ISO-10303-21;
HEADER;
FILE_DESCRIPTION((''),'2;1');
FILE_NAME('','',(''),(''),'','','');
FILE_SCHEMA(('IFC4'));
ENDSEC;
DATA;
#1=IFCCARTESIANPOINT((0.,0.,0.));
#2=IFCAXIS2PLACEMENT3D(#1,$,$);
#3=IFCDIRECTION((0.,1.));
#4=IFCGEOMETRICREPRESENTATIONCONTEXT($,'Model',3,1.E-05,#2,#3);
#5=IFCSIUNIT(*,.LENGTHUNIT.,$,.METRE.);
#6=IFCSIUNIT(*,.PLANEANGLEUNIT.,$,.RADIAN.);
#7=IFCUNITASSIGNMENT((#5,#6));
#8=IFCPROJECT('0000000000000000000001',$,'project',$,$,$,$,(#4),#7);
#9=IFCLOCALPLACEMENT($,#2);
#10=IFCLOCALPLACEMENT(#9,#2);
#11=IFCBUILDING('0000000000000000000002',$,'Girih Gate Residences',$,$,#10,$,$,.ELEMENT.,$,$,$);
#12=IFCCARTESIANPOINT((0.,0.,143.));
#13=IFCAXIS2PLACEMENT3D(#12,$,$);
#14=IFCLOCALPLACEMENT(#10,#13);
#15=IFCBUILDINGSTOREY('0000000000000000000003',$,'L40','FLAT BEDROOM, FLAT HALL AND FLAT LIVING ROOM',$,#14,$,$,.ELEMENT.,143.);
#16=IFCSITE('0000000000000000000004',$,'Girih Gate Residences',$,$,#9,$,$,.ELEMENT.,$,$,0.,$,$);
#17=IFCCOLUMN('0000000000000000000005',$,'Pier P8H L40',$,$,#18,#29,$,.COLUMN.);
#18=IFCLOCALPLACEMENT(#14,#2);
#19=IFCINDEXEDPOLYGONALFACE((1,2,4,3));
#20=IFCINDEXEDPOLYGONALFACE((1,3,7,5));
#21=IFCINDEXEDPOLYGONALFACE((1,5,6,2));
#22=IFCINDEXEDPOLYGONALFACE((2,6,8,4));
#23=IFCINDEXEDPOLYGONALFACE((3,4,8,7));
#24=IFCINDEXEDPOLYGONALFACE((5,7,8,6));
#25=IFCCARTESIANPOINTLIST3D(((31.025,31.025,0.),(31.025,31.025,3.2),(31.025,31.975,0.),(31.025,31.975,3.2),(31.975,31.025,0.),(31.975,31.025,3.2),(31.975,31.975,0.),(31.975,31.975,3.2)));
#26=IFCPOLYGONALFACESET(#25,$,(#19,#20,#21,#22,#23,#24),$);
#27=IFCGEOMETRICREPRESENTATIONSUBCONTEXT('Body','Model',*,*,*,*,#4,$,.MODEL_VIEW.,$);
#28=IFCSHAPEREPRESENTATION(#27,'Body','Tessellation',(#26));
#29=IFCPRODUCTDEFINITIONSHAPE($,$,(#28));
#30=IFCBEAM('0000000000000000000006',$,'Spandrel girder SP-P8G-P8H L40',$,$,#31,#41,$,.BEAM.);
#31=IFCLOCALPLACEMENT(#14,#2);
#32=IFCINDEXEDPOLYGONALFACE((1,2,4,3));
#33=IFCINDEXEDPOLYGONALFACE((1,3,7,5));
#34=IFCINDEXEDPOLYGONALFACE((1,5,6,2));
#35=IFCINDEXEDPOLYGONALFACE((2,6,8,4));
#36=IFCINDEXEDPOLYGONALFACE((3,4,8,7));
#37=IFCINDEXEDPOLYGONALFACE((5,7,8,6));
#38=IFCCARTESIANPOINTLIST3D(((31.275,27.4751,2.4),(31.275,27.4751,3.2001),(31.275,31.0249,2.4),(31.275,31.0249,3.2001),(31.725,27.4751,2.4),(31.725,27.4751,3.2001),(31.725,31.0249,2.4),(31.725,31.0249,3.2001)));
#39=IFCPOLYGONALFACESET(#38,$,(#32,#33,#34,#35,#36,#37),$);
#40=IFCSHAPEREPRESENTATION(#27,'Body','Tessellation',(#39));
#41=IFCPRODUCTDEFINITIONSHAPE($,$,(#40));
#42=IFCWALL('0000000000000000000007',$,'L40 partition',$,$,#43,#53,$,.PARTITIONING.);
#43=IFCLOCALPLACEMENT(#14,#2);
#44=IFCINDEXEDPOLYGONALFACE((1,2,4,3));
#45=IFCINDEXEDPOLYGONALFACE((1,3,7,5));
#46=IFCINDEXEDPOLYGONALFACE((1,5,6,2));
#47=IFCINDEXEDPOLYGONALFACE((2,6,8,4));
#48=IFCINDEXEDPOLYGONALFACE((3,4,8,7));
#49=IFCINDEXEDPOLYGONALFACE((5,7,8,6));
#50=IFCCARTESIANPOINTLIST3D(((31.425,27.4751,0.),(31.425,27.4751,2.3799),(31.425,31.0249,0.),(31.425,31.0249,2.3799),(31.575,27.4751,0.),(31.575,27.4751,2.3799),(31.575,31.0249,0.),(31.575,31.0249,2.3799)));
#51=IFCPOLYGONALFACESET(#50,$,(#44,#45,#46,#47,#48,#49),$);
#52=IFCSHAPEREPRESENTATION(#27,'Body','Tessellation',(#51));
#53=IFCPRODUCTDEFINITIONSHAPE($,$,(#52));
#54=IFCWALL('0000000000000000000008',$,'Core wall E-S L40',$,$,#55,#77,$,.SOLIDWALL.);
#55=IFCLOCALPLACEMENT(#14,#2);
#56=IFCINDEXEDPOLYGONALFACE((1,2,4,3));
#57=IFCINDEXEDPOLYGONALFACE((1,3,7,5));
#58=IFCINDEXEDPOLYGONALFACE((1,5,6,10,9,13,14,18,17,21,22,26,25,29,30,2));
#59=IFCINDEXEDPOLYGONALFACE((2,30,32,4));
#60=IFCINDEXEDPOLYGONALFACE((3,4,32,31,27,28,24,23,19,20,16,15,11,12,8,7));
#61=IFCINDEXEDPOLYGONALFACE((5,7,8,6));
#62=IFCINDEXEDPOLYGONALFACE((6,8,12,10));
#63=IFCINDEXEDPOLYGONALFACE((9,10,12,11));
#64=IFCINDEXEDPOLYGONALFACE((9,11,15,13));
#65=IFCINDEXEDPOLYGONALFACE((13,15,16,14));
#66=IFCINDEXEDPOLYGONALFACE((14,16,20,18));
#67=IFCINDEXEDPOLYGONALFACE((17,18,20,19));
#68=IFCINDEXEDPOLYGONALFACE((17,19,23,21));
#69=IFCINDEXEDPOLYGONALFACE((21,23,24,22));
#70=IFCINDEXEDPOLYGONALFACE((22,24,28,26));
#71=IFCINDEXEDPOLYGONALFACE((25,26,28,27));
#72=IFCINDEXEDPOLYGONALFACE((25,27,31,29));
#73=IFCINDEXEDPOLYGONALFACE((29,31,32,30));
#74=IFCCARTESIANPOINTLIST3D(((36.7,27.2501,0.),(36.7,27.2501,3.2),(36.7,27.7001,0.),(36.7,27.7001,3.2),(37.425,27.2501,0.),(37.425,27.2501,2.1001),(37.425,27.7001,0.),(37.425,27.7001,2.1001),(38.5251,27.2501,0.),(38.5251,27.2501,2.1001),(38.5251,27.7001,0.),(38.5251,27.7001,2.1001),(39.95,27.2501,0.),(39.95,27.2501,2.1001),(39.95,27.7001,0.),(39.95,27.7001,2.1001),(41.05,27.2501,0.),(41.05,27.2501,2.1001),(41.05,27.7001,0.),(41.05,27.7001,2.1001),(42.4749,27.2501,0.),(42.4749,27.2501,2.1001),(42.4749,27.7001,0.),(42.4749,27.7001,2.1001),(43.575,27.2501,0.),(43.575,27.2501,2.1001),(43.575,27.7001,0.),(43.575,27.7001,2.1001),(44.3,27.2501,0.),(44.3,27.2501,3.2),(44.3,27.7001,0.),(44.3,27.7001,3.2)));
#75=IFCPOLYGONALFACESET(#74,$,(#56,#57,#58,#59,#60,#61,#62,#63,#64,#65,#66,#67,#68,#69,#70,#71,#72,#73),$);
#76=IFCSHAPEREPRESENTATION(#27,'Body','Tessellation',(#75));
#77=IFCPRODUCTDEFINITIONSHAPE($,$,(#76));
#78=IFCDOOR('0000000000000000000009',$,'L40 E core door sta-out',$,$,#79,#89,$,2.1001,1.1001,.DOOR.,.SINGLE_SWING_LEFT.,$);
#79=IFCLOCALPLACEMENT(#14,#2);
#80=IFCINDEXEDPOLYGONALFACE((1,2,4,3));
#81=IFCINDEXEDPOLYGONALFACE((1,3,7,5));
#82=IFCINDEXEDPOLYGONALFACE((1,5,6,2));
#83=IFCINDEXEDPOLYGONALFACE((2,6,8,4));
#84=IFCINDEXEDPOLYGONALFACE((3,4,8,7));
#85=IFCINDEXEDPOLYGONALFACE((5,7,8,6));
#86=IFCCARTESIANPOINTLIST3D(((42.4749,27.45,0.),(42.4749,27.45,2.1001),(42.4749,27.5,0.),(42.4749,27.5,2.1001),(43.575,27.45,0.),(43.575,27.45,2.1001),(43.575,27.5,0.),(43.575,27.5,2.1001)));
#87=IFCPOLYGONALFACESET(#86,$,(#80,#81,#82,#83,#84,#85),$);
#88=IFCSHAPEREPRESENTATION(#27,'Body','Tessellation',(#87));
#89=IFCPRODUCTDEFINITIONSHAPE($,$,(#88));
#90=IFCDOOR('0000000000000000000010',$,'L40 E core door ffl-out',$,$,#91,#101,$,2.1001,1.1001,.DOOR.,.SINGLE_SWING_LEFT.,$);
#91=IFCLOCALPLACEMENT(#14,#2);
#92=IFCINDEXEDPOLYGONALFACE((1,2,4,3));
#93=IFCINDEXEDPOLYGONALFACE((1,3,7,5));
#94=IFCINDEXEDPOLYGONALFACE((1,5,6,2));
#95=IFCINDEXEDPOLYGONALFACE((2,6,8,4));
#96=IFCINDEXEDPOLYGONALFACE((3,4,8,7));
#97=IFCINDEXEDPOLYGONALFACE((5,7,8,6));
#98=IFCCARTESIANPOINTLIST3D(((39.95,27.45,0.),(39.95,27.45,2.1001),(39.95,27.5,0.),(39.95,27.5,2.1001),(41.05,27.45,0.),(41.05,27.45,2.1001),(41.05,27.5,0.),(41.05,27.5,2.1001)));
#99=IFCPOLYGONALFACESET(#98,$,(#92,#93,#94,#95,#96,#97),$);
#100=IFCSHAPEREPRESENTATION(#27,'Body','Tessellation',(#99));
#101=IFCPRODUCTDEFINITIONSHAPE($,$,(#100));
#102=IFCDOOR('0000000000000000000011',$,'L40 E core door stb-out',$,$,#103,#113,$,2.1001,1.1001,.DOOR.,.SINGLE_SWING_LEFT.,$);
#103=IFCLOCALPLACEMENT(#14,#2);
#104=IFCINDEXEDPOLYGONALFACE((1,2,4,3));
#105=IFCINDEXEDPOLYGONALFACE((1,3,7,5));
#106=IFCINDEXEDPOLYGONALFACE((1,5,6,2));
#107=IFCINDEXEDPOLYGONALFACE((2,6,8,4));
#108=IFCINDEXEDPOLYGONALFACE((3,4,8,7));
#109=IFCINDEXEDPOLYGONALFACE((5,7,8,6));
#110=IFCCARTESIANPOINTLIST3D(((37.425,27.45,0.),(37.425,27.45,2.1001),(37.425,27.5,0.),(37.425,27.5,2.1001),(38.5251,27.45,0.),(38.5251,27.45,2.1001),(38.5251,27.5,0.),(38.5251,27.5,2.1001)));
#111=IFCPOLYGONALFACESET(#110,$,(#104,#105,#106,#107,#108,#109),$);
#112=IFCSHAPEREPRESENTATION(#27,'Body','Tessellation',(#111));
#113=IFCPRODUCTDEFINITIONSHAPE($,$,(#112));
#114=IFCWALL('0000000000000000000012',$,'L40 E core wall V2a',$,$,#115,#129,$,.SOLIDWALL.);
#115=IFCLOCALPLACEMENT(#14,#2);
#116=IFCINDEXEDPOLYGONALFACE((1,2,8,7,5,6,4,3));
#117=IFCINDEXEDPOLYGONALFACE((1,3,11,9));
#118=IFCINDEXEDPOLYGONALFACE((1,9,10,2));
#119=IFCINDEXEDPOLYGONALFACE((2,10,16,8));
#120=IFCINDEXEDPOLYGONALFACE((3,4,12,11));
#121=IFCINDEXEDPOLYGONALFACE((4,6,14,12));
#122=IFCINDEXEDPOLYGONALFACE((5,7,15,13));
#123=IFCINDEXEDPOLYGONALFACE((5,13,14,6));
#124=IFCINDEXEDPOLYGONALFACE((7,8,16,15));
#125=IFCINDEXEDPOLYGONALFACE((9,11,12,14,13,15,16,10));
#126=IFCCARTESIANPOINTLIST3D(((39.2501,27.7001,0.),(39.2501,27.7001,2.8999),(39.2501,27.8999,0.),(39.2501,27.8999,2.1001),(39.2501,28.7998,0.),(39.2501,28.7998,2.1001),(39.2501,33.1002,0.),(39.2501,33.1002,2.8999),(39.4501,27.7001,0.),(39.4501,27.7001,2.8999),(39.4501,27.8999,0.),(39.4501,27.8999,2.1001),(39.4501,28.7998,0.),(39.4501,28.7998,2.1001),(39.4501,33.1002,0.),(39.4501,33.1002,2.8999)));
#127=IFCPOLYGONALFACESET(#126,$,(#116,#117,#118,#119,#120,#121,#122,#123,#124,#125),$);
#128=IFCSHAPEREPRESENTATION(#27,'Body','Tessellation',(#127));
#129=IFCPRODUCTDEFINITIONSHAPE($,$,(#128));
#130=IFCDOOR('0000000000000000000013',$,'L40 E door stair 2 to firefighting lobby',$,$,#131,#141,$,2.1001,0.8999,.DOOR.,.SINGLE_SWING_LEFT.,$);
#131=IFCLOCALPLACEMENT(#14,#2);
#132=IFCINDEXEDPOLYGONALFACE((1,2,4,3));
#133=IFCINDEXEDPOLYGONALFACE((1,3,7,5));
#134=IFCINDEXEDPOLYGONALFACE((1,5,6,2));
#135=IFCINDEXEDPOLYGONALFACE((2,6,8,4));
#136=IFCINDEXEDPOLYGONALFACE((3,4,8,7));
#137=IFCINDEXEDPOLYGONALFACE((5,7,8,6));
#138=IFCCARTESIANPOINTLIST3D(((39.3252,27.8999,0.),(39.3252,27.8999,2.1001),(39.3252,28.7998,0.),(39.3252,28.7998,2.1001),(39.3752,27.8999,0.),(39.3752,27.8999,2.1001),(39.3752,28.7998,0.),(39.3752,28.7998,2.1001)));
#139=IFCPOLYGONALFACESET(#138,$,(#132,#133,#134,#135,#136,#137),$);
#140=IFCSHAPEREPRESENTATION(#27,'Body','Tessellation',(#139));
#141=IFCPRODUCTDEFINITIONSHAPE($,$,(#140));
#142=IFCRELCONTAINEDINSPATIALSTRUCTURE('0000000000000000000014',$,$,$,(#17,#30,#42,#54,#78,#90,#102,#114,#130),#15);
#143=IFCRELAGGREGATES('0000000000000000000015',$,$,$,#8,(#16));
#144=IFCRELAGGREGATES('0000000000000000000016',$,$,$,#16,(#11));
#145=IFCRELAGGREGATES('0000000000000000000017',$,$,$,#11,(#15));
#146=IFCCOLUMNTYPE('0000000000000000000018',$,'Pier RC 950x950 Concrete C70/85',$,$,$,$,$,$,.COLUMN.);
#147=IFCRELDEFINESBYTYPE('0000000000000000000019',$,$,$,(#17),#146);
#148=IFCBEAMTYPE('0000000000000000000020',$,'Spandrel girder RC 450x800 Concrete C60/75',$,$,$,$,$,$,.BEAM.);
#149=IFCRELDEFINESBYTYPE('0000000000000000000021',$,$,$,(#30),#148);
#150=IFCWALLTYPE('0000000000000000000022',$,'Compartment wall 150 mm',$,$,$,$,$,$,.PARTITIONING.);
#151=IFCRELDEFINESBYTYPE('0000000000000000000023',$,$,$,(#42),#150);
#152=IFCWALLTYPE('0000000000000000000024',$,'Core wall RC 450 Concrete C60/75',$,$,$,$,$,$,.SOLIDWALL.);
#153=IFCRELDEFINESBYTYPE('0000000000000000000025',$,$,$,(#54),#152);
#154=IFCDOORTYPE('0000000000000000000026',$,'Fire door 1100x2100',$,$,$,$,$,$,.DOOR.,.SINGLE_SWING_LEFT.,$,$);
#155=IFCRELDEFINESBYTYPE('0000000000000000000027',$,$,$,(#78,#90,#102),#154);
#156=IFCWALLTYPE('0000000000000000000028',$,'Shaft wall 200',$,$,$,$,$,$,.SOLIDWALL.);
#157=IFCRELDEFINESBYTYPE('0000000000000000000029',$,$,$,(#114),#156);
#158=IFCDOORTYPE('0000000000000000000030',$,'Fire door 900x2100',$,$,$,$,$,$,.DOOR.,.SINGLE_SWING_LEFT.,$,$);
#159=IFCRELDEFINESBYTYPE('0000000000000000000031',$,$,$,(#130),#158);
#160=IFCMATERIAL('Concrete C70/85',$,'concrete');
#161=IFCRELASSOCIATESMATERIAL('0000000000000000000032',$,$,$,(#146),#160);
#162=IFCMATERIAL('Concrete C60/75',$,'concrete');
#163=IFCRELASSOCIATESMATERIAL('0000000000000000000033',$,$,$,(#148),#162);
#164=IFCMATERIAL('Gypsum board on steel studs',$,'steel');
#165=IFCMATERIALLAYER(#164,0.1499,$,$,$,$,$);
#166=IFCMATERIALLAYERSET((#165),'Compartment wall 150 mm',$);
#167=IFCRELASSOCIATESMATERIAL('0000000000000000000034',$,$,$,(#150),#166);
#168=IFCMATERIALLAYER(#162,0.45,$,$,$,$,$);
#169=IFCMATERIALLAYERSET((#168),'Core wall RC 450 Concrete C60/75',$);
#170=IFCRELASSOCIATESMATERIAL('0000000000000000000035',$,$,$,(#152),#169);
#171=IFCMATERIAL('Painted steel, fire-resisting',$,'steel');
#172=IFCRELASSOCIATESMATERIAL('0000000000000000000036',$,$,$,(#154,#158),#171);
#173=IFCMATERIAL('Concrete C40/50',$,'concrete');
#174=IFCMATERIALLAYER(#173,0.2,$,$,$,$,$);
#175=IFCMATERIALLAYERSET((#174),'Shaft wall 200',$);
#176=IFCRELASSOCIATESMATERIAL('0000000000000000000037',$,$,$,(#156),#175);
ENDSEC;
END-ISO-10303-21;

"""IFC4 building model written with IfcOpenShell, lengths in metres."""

from ifc_helpers import new_model, si_unit, direction, frame, frame_2d, origin, origin_2d, place, context, subcontext, project, spatial, rectangle, extrude, material, layer, layer_set, material_profile, profile_set, type_object, element, fill, save


model = new_model("IFC4")

# Units and contexts
model_context = context("Model", 3, precision=1e-05, world=origin(), true_north=direction((0.0, 1.0)))
body_context = subcontext(model_context, "Body", "Model", "MODEL_VIEW")
ifc_project = project(units=[si_unit("LENGTHUNIT", "METRE"), si_unit("PLANEANGLEUNIT", "RADIAN")], contexts=[model_context])

# Site, building, storey
site_placement = place(None, origin())
site = spatial("IfcSite", under=ifc_project, at=site_placement, Name="Girih Gate Residences", CompositionType="ELEMENT", RefElevation=0.0)
building_placement = place(site_placement, origin())
building = spatial("IfcBuilding", under=site, at=building_placement, Name="Girih Gate Residences", CompositionType="ELEMENT")
storey_placement = place(building_placement, frame((0.0, 0.0, 143.0)))
storey = spatial("IfcBuildingStorey", under=building, at=storey_placement, Name="L40", Description="FLAT BEDROOM, FLAT HALL AND FLAT LIVING ROOM", CompositionType="ELEMENT", Elevation=143.0)

# Column
ifc_material_1 = material(Name="Concrete C70/85", Category="concrete")
ifc_material_profile_1 = material_profile(ifc_material_1, rectangle(XDim=0.95, YDim=0.95, at=origin_2d()))
ifc_profile_set_1 = profile_set([ifc_material_profile_1], Name="Concrete C70/85")
column_type = type_object("IfcColumnType", Name="Pier RC 950x950 Concrete C70/85", PredefinedType="COLUMN", material=ifc_profile_set_1)
column_placement = place(storey_placement, frame((31.5, 31.5, 0.0), z_axis=(0.0, 0.0, 1.0), x_axis=(1.0, 0.0, 0.0)))
element("IfcColumn", 1, at=column_placement, inside=storey, type_object=column_type, Name="Pier P8H L40", PredefinedType="COLUMN", context=body_context, shape_type="SweptSolid", body=[
    extrude(rectangle(XDim=0.95, YDim=0.95, at=origin_2d()), origin(), (0.0, 0.0, 1.0), 3.2),
])

# Beam
ifc_material_2 = material(Name="Concrete C60/75", Category="concrete")
ifc_material_profile_2 = material_profile(ifc_material_2, rectangle(XDim=0.45, YDim=0.8, at=origin_2d()))
ifc_profile_set_2 = profile_set([ifc_material_profile_2], Name="Concrete C60/75")
beam_type = type_object("IfcBeamType", Name="Spandrel girder RC 450x800 Concrete C60/75", PredefinedType="BEAM", material=ifc_profile_set_2)
beam_placement = place(storey_placement, frame((31.5, 27.4751, 2.8), z_axis=(0.0, 1.0, 0.0), x_axis=(-1.0, 0.0, 0.0)))
element("IfcBeam", 2, at=beam_placement, inside=storey, type_object=beam_type, Name="Spandrel girder SP-P8G-P8H L40", PredefinedType="BEAM", context=body_context, shape_type="SweptSolid", body=[
    extrude(rectangle(XDim=0.45, YDim=0.8, at=origin_2d()), origin(), (0.0, 0.0, 1.0), 3.5498),
])

# Wall
ifc_material_3 = material(Name="Gypsum board on steel studs", Category="steel")
ifc_layer_1 = layer(ifc_material_3, 0.1499)
ifc_layer_set_1 = layer_set([ifc_layer_1], Name="Compartment wall 150 mm")
wall_type_1 = type_object("IfcWallType", Name="Compartment wall 150 mm", PredefinedType="PARTITIONING", material=ifc_layer_set_1)
wall_1_placement = place(storey_placement, frame((31.5, 27.4751, 0.0), z_axis=(0.0, 0.0, 1.0), x_axis=(0.0, 1.0, 0.0)))
element("IfcWall", 3, at=wall_1_placement, inside=storey, type_object=wall_type_1, Name="L40 partition", PredefinedType="PARTITIONING", context=body_context, shape_type="SweptSolid", body=[
    extrude(rectangle(XDim=3.5498, YDim=0.1499, at=frame_2d((1.7749, 0.0))), origin(), (0.0, 0.0, 1.0), 2.3799),
])

# Wall, openings, doors
ifc_layer_2 = layer(ifc_material_2, 0.45)
ifc_layer_set_2 = layer_set([ifc_layer_2], Name="Core wall RC 450 Concrete C60/75")
wall_type_2 = type_object("IfcWallType", Name="Core wall RC 450 Concrete C60/75", PredefinedType="SOLIDWALL", material=ifc_layer_set_2)
wall_2_placement = place(storey_placement, frame((36.7, 27.4751, 0.0), z_axis=(0.0, 0.0, 1.0), x_axis=(1.0, 0.0, 0.0)))
wall_2 = element("IfcWall", 4, at=wall_2_placement, inside=storey, type_object=wall_type_2, Name="Core wall E-S L40", PredefinedType="SOLIDWALL", context=body_context, shape_type="SweptSolid", body=[
    extrude(rectangle(XDim=7.6001, YDim=0.45, at=frame_2d((3.8, 0.0))), origin(), (0.0, 0.0, 1.0), 3.2),
])
opening_1_placement = place(wall_2_placement, frame((5.7749, 0.0, 0.0)))
opening_1 = element("IfcOpeningElement", 5, at=opening_1_placement, cuts=wall_2, PredefinedType="OPENING", context=body_context, shape_type="SweptSolid", body=[
    extrude(rectangle(XDim=1.1001, YDim=2.1001, at=frame_2d((0.55, 1.05))), frame((0.0, 0.2349, 0.0), z_axis=(0.0, -1.0, 0.0), x_axis=(1.0, 0.0, 0.0)), (0.0, 0.0, 1.0), 0.47),
])
opening_2_placement = place(wall_2_placement, frame((3.25, 0.0, 0.0)))
opening_2 = element("IfcOpeningElement", 6, at=opening_2_placement, cuts=wall_2, PredefinedType="OPENING", context=body_context, shape_type="SweptSolid", body=[
    extrude(rectangle(XDim=1.1001, YDim=2.1001, at=frame_2d((0.55, 1.05))), frame((0.0, 0.2349, 0.0), z_axis=(0.0, -1.0, 0.0), x_axis=(1.0, 0.0, 0.0)), (0.0, 0.0, 1.0), 0.47),
])
opening_3_placement = place(wall_2_placement, frame((0.7251, 0.0, 0.0)))
opening_3 = element("IfcOpeningElement", 7, at=opening_3_placement, cuts=wall_2, PredefinedType="OPENING", context=body_context, shape_type="SweptSolid", body=[
    extrude(rectangle(XDim=1.1001, YDim=2.1001, at=frame_2d((0.55, 1.05))), frame((0.0, 0.2349, 0.0), z_axis=(0.0, -1.0, 0.0), x_axis=(1.0, 0.0, 0.0)), (0.0, 0.0, 1.0), 0.47),
])
ifc_material_4 = material(Name="Painted steel, fire-resisting", Category="steel")
door_type_1 = type_object("IfcDoorType", Name="Fire door 1100x2100", OperationType="SINGLE_SWING_LEFT", PredefinedType="DOOR", material=ifc_material_4)
door_1_placement = place(opening_1_placement, origin())
door_1 = element("IfcDoor", 8, at=door_1_placement, inside=storey, type_object=door_type_1, Name="L40 E core door sta-out", OperationType="SINGLE_SWING_LEFT", OverallHeight=2.1001, OverallWidth=1.1001, PredefinedType="DOOR", context=body_context, shape_type="SweptSolid", body=[
    extrude(rectangle(XDim=1.1001, YDim=2.1001, at=frame_2d((0.55, 1.05))), frame((0.0, 0.0249, 0.0), z_axis=(0.0, -1.0, 0.0), x_axis=(1.0, 0.0, 0.0)), (0.0, 0.0, 1.0), 0.05),
])
fill(opening_1, door_1)
door_2_placement = place(opening_2_placement, origin())
door_2 = element("IfcDoor", 9, at=door_2_placement, inside=storey, type_object=door_type_1, Name="L40 E core door ffl-out", OperationType="SINGLE_SWING_LEFT", OverallHeight=2.1001, OverallWidth=1.1001, PredefinedType="DOOR", context=body_context, shape_type="SweptSolid", body=[
    extrude(rectangle(XDim=1.1001, YDim=2.1001, at=frame_2d((0.55, 1.05))), frame((0.0, 0.0249, 0.0), z_axis=(0.0, -1.0, 0.0), x_axis=(1.0, 0.0, 0.0)), (0.0, 0.0, 1.0), 0.05),
])
fill(opening_2, door_2)
door_3_placement = place(opening_3_placement, origin())
door_3 = element("IfcDoor", 10, at=door_3_placement, inside=storey, type_object=door_type_1, Name="L40 E core door stb-out", OperationType="SINGLE_SWING_LEFT", OverallHeight=2.1001, OverallWidth=1.1001, PredefinedType="DOOR", context=body_context, shape_type="SweptSolid", body=[
    extrude(rectangle(XDim=1.1001, YDim=2.1001, at=frame_2d((0.55, 1.05))), frame((0.0, 0.0249, 0.0), z_axis=(0.0, -1.0, 0.0), x_axis=(1.0, 0.0, 0.0)), (0.0, 0.0, 1.0), 0.05),
])
fill(opening_3, door_3)

# Wall, opening, door
ifc_material_5 = material(Name="Concrete C40/50", Category="concrete")
ifc_layer_3 = layer(ifc_material_5, 0.2)
ifc_layer_set_3 = layer_set([ifc_layer_3], Name="Shaft wall 200")
wall_type_3 = type_object("IfcWallType", Name="Shaft wall 200", PredefinedType="SOLIDWALL", material=ifc_layer_set_3)
wall_3_placement = place(storey_placement, frame((39.3501, 27.7, 0.0), z_axis=(0.0, 0.0, 1.0), x_axis=(0.0, 1.0, 0.0)))
wall_3 = element("IfcWall", 11, at=wall_3_placement, inside=storey, type_object=wall_type_3, Name="L40 E core wall V2a", PredefinedType="SOLIDWALL", context=body_context, shape_type="SweptSolid", body=[
    extrude(rectangle(XDim=5.4001, YDim=0.2, at=frame_2d((2.7002, 0.0))), origin(), (0.0, 0.0, 1.0), 2.8999),
])
opening_4_placement = place(wall_3_placement, frame((0.2, 0.0, 0.0)))
opening_4 = element("IfcOpeningElement", 12, at=opening_4_placement, cuts=wall_3, PredefinedType="OPENING", context=body_context, shape_type="SweptSolid", body=[
    extrude(rectangle(XDim=0.8999, YDim=2.1001, at=frame_2d((0.45, 1.05))), frame((0.0, 0.1099, 0.0), z_axis=(0.0, -1.0, 0.0), x_axis=(1.0, 0.0, 0.0)), (0.0, 0.0, 1.0), 0.22),
])
door_type_2 = type_object("IfcDoorType", Name="Fire door 900x2100", OperationType="SINGLE_SWING_LEFT", PredefinedType="DOOR", material=ifc_material_4)
door_4_placement = place(opening_4_placement, origin())
door_4 = element("IfcDoor", 13, at=door_4_placement, inside=storey, type_object=door_type_2, Name="L40 E door stair 2 to firefighting lobby", OperationType="SINGLE_SWING_LEFT", OverallHeight=2.1001, OverallWidth=0.8999, PredefinedType="DOOR", context=body_context, shape_type="SweptSolid", body=[
    extrude(rectangle(XDim=0.8999, YDim=2.1001, at=frame_2d((0.45, 1.05))), frame((0.0, 0.0249, 0.0), z_axis=(0.0, -1.0, 0.0), x_axis=(1.0, 0.0, 0.0)), (0.0, 0.0, 1.0), 0.05),
])
fill(opening_4, door_4)

save(model, "model.ifc")
